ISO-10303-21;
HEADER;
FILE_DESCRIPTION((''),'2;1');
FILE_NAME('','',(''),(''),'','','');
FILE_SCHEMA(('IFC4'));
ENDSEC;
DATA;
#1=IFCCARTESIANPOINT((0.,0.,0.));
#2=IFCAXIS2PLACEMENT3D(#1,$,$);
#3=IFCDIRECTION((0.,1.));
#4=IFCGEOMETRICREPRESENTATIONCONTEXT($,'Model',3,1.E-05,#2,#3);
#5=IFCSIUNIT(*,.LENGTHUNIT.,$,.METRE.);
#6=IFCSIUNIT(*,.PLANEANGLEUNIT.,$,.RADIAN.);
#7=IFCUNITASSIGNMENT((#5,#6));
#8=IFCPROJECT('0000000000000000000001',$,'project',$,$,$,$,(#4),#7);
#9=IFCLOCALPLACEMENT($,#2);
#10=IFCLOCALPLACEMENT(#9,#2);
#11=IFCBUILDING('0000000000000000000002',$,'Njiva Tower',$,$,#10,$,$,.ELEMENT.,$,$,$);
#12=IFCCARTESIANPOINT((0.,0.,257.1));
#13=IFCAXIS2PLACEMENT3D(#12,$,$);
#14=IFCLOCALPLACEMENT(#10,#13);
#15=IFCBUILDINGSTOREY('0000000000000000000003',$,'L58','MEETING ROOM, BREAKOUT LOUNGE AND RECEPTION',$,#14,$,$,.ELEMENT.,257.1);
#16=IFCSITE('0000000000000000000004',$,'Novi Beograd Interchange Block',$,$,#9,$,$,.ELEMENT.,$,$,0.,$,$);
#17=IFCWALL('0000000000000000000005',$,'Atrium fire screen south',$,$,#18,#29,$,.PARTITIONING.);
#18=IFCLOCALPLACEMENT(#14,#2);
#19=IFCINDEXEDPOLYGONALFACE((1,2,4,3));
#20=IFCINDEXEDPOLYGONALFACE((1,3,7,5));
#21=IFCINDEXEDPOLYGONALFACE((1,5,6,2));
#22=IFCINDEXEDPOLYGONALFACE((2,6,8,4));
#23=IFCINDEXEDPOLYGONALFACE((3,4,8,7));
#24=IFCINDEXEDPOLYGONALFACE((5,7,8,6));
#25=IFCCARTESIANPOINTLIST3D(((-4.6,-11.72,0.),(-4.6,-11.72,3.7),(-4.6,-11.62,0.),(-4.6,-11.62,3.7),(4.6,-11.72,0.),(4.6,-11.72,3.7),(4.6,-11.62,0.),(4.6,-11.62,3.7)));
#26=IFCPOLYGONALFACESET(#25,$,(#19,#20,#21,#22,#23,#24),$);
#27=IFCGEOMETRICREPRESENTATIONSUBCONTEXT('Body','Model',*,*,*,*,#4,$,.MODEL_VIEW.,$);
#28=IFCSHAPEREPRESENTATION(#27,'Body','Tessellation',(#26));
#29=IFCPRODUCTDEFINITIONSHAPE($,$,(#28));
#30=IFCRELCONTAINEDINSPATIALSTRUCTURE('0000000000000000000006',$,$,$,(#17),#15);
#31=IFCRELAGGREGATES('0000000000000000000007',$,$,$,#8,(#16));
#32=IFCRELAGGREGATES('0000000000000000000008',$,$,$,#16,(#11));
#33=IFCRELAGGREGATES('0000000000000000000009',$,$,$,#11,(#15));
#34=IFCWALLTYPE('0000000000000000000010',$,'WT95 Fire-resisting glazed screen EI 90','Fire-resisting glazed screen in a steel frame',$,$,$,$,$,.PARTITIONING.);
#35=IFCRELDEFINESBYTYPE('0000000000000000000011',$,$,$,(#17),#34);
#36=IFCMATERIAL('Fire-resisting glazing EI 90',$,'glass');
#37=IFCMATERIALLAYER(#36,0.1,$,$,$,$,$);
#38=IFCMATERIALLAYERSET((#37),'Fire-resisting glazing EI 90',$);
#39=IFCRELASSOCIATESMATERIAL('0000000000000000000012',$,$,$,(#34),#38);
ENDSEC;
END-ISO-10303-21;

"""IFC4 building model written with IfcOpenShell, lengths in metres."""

from ifc_helpers import new_model, si_unit, direction, frame, frame_2d, origin, place, context, subcontext, project, spatial, rectangle, extrude, material, layer, layer_set, type_object, element, save


model = new_model("IFC4")

# Units and contexts
model_context = context("Model", 3, precision=1e-05, world=origin(), true_north=direction((0.0, 1.0)))
body_context = subcontext(model_context, "Body", "Model", "MODEL_VIEW")
ifc_project = project(units=[si_unit("LENGTHUNIT", "METRE"), si_unit("PLANEANGLEUNIT", "RADIAN")], contexts=[model_context])

# Site, building, storey
site_placement = place(None, origin())
site = spatial("IfcSite", under=ifc_project, at=site_placement, Name="Novi Beograd Interchange Block", CompositionType="ELEMENT", RefElevation=0.0)
building_placement = place(site_placement, origin())
building = spatial("IfcBuilding", under=site, at=building_placement, Name="Njiva Tower", CompositionType="ELEMENT")
storey_placement = place(building_placement, frame((0.0, 0.0, 257.1)))
storey = spatial("IfcBuildingStorey", under=building, at=storey_placement, Name="L58", Description="MEETING ROOM, BREAKOUT LOUNGE AND RECEPTION", CompositionType="ELEMENT", Elevation=257.1)

# Wall
ifc_material_1 = material(Name="Fire-resisting glazing EI 90", Category="glass")
ifc_layer_1 = layer(ifc_material_1, 0.1)
ifc_layer_set_1 = layer_set([ifc_layer_1], Name="Fire-resisting glazing EI 90")
wall_type_1 = type_object("IfcWallType", Name="WT95 Fire-resisting glazed screen EI 90", Description="Fire-resisting glazed screen in a steel frame", PredefinedType="PARTITIONING", material=ifc_layer_set_1)
wall_1_placement = place(storey_placement, frame((-4.6, -11.67, 0.0), z_axis=(0.0, 0.0, 1.0), x_axis=(1.0, 0.0, 0.0)))
element("IfcWall", 1, at=wall_1_placement, inside=storey, type_object=wall_type_1, Name="Atrium fire screen south", PredefinedType="PARTITIONING", context=body_context, shape_type="SweptSolid", body=[
    extrude(rectangle(XDim=9.2, YDim=0.1, at=frame_2d((4.6, 0.0))), origin(), (0.0, 0.0, 1.0), 3.7),
])

save(model, "model.ifc")
